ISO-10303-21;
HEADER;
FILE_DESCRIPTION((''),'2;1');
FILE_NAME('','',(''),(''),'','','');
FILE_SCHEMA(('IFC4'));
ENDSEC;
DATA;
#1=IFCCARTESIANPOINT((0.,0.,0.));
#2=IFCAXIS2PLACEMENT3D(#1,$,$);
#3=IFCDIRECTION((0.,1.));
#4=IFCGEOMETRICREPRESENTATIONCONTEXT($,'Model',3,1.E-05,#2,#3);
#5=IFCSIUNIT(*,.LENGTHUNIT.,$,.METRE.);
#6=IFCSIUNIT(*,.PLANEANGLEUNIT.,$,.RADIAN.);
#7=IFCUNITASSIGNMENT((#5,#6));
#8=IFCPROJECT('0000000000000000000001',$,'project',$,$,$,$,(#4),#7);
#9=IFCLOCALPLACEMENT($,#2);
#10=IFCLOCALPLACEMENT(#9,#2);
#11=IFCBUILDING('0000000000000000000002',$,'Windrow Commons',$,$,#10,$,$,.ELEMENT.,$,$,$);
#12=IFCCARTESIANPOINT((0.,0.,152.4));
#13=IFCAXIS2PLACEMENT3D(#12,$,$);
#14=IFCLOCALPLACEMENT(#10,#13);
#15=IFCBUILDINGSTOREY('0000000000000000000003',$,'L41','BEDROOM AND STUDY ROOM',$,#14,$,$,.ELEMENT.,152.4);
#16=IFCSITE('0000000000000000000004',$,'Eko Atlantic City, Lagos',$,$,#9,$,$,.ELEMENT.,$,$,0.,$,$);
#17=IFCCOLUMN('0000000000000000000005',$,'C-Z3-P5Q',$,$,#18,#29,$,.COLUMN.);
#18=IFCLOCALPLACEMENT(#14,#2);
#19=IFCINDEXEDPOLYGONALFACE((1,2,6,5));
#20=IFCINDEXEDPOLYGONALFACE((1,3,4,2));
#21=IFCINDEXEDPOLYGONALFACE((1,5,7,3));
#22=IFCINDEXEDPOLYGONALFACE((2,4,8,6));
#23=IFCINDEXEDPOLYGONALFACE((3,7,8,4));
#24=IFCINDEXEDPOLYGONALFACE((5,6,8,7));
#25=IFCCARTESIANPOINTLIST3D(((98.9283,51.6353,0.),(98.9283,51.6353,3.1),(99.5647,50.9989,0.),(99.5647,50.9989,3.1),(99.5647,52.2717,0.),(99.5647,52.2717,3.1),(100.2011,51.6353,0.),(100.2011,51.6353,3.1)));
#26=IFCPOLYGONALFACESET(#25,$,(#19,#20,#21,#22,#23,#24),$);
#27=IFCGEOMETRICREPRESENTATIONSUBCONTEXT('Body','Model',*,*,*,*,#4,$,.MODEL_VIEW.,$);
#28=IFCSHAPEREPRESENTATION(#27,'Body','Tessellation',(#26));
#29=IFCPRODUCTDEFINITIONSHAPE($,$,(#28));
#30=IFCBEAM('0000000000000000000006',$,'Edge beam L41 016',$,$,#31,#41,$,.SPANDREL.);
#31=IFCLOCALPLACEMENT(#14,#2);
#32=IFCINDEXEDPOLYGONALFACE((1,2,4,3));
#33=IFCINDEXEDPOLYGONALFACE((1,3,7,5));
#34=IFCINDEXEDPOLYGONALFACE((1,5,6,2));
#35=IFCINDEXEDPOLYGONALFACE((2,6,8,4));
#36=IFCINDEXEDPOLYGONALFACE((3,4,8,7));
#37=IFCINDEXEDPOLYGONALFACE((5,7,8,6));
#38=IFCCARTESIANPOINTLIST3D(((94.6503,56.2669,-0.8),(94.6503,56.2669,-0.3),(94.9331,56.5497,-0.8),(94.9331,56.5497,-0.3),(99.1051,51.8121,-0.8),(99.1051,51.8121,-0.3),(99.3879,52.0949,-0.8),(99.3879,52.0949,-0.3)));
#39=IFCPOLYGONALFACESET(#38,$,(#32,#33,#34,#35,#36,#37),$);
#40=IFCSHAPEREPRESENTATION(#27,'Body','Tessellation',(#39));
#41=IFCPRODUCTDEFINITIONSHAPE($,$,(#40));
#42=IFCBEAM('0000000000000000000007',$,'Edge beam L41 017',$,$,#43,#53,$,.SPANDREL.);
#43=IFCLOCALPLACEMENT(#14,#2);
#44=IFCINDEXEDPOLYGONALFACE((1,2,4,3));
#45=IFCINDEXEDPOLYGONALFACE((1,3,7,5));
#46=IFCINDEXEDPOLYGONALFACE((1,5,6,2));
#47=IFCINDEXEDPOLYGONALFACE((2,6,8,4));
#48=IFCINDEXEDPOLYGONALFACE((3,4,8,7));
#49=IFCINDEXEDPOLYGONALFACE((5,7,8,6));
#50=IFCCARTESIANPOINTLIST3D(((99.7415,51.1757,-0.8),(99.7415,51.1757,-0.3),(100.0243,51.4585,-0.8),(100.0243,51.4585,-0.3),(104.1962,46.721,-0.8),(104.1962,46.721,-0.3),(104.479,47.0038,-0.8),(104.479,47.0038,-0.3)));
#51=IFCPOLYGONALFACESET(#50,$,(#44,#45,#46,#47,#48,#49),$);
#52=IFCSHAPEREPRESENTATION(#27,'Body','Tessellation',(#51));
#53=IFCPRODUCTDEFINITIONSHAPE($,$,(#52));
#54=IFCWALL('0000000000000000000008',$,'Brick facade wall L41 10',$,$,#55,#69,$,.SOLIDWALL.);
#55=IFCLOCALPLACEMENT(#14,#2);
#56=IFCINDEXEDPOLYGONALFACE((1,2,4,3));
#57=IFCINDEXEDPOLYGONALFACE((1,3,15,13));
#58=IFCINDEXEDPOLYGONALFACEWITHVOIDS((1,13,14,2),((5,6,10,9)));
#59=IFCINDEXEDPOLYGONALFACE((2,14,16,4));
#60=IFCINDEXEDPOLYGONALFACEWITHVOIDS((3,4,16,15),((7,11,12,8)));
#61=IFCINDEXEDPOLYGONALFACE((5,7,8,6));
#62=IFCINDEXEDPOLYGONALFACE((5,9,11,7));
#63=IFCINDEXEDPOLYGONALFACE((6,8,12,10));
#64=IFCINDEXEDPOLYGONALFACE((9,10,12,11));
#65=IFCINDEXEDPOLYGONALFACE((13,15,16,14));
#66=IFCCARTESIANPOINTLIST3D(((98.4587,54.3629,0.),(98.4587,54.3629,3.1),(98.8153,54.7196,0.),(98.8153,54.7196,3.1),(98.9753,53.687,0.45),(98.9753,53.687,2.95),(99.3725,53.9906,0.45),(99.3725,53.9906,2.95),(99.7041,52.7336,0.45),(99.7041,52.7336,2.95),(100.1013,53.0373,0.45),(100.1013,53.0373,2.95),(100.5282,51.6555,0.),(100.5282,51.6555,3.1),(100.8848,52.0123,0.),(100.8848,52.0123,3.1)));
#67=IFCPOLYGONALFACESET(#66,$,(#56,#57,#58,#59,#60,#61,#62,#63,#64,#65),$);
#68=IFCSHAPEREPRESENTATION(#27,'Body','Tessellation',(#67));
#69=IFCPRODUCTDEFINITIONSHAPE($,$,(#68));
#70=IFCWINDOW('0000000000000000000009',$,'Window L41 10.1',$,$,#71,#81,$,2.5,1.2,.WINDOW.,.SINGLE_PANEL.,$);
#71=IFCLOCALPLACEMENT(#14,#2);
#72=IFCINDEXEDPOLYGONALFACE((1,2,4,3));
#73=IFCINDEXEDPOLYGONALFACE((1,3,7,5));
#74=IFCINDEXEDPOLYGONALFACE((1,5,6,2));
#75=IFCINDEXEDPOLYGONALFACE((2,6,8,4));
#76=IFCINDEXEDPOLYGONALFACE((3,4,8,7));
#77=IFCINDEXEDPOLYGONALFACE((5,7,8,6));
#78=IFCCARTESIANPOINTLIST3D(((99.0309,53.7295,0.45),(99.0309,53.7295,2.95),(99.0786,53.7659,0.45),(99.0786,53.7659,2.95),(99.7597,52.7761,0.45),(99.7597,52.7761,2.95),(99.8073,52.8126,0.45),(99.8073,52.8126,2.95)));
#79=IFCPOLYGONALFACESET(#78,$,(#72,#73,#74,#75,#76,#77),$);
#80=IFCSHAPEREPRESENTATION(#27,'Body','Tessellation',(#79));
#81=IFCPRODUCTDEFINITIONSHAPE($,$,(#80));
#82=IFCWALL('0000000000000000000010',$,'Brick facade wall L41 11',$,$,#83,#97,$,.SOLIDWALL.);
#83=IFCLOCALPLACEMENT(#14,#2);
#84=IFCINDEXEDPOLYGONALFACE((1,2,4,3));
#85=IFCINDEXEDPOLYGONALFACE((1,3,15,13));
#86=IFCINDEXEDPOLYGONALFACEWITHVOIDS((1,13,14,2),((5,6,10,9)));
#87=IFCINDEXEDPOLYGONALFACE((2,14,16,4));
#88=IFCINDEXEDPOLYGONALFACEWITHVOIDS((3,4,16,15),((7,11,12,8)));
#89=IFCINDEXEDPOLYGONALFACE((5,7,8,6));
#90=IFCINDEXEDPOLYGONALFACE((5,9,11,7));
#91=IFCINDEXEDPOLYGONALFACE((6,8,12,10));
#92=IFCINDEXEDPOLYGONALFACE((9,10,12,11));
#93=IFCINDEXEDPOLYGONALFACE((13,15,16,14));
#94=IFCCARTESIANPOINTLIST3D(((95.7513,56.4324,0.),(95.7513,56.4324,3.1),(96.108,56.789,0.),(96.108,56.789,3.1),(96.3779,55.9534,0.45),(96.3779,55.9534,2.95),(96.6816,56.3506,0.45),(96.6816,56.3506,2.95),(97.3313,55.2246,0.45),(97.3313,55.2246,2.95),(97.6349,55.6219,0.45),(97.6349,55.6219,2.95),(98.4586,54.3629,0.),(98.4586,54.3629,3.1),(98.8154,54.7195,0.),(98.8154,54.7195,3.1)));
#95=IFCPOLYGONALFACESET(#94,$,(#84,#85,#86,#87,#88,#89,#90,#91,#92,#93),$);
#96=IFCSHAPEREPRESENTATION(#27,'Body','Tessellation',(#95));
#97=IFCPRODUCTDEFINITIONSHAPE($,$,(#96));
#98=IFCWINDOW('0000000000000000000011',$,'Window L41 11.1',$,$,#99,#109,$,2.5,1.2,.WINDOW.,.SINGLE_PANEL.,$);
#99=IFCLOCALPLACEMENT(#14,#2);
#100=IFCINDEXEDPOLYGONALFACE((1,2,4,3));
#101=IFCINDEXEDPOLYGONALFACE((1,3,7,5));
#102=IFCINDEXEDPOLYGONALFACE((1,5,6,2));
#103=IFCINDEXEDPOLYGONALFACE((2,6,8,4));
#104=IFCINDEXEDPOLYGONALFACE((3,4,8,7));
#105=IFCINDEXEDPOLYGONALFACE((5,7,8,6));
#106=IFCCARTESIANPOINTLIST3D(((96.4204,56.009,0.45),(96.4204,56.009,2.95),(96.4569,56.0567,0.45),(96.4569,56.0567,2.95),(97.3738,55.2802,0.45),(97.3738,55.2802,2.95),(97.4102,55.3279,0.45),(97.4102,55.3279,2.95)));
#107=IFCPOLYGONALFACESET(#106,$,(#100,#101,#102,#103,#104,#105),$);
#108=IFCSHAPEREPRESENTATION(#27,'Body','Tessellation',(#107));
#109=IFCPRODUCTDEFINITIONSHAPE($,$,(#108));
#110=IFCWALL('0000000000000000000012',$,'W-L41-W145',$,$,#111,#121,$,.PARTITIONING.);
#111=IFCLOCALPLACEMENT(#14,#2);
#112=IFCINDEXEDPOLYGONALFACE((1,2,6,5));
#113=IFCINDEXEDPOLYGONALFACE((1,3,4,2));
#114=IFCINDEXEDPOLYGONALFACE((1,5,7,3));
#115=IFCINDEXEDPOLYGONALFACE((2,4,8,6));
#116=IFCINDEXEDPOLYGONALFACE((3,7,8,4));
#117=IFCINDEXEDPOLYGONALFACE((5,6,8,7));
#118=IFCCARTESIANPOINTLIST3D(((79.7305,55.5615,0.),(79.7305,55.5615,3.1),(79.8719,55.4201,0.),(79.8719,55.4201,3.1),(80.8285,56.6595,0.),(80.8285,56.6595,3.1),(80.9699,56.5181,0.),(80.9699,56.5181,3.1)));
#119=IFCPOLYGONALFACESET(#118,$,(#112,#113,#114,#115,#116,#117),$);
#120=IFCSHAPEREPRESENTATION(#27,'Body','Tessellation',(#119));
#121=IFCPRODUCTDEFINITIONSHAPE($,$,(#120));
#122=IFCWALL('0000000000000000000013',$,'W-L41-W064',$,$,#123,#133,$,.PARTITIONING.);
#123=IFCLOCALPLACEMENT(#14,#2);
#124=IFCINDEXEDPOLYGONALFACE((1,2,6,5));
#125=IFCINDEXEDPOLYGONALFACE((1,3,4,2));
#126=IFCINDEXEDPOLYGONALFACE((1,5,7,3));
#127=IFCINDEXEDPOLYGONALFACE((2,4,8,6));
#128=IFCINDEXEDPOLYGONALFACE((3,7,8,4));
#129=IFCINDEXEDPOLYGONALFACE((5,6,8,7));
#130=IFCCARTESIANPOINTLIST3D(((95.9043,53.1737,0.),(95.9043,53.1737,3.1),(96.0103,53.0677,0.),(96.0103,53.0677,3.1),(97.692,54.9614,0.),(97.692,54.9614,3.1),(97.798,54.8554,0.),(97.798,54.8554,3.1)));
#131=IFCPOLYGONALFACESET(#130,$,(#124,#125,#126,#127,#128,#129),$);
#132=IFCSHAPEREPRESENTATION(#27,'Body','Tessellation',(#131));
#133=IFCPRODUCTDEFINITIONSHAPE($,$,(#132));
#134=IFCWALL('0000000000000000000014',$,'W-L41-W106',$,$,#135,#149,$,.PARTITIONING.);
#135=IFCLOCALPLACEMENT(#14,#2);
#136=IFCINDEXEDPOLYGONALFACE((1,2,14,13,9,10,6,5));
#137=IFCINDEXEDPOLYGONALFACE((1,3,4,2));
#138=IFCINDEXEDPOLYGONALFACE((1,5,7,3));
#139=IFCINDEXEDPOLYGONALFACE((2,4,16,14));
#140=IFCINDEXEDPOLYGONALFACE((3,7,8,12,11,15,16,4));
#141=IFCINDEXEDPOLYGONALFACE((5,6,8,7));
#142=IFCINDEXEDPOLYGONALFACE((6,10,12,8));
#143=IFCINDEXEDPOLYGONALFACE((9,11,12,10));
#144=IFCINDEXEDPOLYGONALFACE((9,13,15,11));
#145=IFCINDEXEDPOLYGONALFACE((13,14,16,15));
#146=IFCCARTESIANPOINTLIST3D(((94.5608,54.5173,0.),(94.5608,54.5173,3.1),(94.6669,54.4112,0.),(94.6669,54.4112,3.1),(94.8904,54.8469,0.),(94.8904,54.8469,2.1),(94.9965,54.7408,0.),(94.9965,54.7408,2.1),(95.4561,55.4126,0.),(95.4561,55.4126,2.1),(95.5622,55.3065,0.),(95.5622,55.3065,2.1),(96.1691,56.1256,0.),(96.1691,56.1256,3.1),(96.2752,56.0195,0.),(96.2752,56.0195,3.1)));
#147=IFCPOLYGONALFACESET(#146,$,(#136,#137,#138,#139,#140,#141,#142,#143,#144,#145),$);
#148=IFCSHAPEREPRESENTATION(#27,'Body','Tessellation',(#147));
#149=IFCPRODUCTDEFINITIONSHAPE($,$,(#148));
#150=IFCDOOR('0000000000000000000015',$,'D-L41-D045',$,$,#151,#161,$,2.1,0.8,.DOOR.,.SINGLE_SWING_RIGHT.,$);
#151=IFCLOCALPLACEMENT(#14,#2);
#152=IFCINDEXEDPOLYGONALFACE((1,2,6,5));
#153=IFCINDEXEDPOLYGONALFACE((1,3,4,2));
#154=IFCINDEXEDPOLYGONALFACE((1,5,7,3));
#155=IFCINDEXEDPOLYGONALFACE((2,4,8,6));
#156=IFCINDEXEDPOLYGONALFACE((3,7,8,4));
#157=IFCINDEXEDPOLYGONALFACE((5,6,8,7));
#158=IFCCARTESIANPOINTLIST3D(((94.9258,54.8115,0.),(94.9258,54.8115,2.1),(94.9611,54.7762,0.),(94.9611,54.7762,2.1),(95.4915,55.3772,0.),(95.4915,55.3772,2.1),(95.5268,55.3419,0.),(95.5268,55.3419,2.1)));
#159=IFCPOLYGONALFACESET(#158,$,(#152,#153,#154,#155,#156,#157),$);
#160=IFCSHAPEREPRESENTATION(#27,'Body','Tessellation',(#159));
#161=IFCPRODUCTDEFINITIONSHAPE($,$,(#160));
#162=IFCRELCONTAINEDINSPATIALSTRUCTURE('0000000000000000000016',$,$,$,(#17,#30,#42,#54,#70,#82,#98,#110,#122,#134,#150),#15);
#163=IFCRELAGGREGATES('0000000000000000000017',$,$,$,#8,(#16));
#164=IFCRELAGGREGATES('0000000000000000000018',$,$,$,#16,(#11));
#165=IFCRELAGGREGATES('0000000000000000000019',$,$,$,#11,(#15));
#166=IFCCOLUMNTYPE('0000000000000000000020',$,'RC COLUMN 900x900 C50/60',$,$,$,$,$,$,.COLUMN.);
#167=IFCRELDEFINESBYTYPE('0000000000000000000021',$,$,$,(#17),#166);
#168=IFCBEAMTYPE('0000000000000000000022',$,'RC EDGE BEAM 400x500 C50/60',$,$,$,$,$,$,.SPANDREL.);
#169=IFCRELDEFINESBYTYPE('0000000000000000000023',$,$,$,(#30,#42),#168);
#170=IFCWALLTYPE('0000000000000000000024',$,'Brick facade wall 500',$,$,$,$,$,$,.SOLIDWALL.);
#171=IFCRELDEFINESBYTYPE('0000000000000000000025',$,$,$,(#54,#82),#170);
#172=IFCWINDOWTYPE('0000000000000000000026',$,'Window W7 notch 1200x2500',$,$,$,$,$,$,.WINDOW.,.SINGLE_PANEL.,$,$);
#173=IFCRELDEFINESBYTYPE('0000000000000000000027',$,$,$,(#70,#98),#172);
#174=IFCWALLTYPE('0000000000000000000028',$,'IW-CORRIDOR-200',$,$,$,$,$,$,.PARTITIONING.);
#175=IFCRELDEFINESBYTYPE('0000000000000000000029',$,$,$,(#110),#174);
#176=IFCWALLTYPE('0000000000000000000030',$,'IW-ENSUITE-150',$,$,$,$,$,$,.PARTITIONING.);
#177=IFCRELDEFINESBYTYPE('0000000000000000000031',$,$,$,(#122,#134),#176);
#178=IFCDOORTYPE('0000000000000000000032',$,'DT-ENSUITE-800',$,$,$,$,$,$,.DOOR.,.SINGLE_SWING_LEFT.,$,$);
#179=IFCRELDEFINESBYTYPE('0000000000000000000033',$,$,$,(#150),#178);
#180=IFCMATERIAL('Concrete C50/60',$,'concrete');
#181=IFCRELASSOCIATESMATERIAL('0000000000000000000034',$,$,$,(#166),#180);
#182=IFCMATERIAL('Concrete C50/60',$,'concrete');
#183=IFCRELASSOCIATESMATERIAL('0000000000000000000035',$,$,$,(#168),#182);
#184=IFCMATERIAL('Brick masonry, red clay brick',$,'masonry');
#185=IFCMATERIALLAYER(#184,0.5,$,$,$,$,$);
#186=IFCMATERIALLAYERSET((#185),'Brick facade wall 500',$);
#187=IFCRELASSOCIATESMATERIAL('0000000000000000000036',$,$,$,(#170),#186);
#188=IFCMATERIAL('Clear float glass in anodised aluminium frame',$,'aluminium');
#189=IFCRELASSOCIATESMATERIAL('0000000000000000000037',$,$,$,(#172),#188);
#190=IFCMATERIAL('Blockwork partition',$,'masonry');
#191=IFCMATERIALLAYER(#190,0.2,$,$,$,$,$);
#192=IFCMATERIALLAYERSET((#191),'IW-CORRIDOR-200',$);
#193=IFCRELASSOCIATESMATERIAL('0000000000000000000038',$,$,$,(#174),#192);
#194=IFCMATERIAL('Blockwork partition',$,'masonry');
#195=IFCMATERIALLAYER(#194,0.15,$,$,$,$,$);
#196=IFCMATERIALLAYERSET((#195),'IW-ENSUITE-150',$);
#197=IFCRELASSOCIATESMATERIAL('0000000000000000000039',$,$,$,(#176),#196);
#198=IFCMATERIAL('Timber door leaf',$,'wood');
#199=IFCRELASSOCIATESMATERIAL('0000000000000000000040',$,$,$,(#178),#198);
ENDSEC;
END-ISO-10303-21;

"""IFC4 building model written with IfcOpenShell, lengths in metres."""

from ifc_helpers import new_model, si_unit, direction, frame, frame_2d, origin, origin_2d, place, context, subcontext, project, spatial, polyline, rectangle, outline, extrude, material, layer, layer_set, material_profile, profile_set, type_object, element, fill, save


model = new_model("IFC4")

# Units and contexts
model_context = context("Model", 3, precision=1e-05, world=origin(), true_north=direction((0.0, 1.0)))
body_context = subcontext(model_context, "Body", "Model", "MODEL_VIEW")
ifc_project = project(units=[si_unit("LENGTHUNIT", "METRE"), si_unit("PLANEANGLEUNIT", "RADIAN")], contexts=[model_context])

# Site, building, storey
site_placement = place(None, origin())
site = spatial("IfcSite", under=ifc_project, at=site_placement, Name="Eko Atlantic City, Lagos", CompositionType="ELEMENT", RefElevation=0.0)
building_placement = place(site_placement, origin())
building = spatial("IfcBuilding", under=site, at=building_placement, Name="Windrow Commons", CompositionType="ELEMENT")
storey_placement = place(building_placement, frame((0.0, 0.0, 152.4)))
storey = spatial("IfcBuildingStorey", under=building, at=storey_placement, Name="L41", Description="BEDROOM AND STUDY ROOM", CompositionType="ELEMENT", Elevation=152.4)

# Column
ifc_material_1 = material(Name="Concrete C50/60", Category="concrete")
ifc_material_profile_1 = material_profile(ifc_material_1, rectangle(XDim=0.9, YDim=0.9, at=origin_2d()))
ifc_profile_set_1 = profile_set([ifc_material_profile_1], Name="Concrete C50/60")
column_type = type_object("IfcColumnType", Name="RC COLUMN 900x900 C50/60", PredefinedType="COLUMN", material=ifc_profile_set_1)
column_placement = place(storey_placement, frame((99.5647, 51.6353, 0.0), z_axis=(0.0, 0.0, 1.0), x_axis=(0.707107, -0.707107, 0.0)))
element("IfcColumn", 1, at=column_placement, inside=storey, type_object=column_type, Name="C-Z3-P5Q", PredefinedType="COLUMN", context=body_context, shape_type="SweptSolid", body=[
    extrude(rectangle(XDim=0.9, YDim=0.9, at=origin_2d()), origin(), (0.0, 0.0, 1.0), 3.1),
])

# Beams
ifc_material_2 = material(Name="Concrete C50/60", Category="concrete")
ifc_material_profile_2 = material_profile(ifc_material_2, rectangle(XDim=0.4, YDim=0.5, at=origin_2d()))
ifc_profile_set_2 = profile_set([ifc_material_profile_2], Name="Concrete C50/60")
beam_type = type_object("IfcBeamType", Name="RC EDGE BEAM 400x500 C50/60", PredefinedType="SPANDREL", material=ifc_profile_set_2)
beam_1_placement = place(storey_placement, frame((94.7917, 56.4083, -0.55), z_axis=(0.707107, -0.707107, 0.0), x_axis=(0.707107, 0.707107, 0.0)))
element("IfcBeam", 2, at=beam_1_placement, inside=storey, type_object=beam_type, Name="Edge beam L41 016", PredefinedType="SPANDREL", context=body_context, shape_type="SweptSolid", body=[
    extrude(rectangle(XDim=0.4, YDim=0.5, at=origin_2d()), origin(), (0.0, 0.0, 1.0), 6.3),
])
beam_2_placement = place(storey_placement, frame((99.8829, 51.3171, -0.55), z_axis=(0.707107, -0.707107, 0.0), x_axis=(0.707107, 0.707107, 0.0)))
element("IfcBeam", 3, at=beam_2_placement, inside=storey, type_object=beam_type, Name="Edge beam L41 017", PredefinedType="SPANDREL", context=body_context, shape_type="SweptSolid", body=[
    extrude(rectangle(XDim=0.4, YDim=0.5, at=origin_2d()), origin(), (0.0, 0.0, 1.0), 6.2999),
])

# Walls, openings, windows
ifc_material_3 = material(Name="Brick masonry, red clay brick", Category="masonry")
ifc_layer_1 = layer(ifc_material_3, 0.5)
ifc_layer_set_1 = layer_set([ifc_layer_1], Name="Brick facade wall 500")
wall_type_1 = type_object("IfcWallType", Name="Brick facade wall 500", PredefinedType="SOLIDWALL", material=ifc_layer_set_1)
wall_1_placement = place(storey_placement, frame((100.7065, 51.8339, 0.0), z_axis=(0.0, 0.0, 1.0), x_axis=(-0.607304, 0.794469, 0.0)))
wall_1 = element("IfcWall", 4, at=wall_1_placement, inside=storey, type_object=wall_type_1, Name="Brick facade wall L41 10", PredefinedType="SOLIDWALL", context=body_context, shape_type="SweptSolid", body=[
    extrude(outline(polyline([(0.0334, -0.25), (3.4411, -0.25), (3.3743, 0.25), (-0.0334, 0.25), (0.0334, -0.25)])), origin(), (0.0, 0.0, 1.0), 3.1),
])
opening_1_placement = place(wall_1_placement, frame((1.3236, 0.0, 0.45)))
opening_1 = element("IfcOpeningElement", 5, at=opening_1_placement, cuts=wall_1, PredefinedType="OPENING", context=body_context, shape_type="SweptSolid", body=[
    extrude(rectangle(XDim=1.2, YDim=2.5, at=frame_2d((0.6, 1.25))), frame((0.0, 0.26, 0.0), z_axis=(0.0, -1.0, 0.0), x_axis=(1.0, 0.0, 0.0)), (0.0, 0.0, 1.0), 0.52),
])
ifc_material_4 = material(Name="Clear float glass in anodised aluminium frame", Category="aluminium")
window_type = type_object("IfcWindowType", Name="Window W7 notch 1200x2500", PartitioningType="SINGLE_PANEL", PredefinedType="WINDOW", material=ifc_material_4)
window_1_placement = place(opening_1_placement, origin())
window_1 = element("IfcWindow", 6, at=window_1_placement, inside=storey, type_object=window_type, Name="Window L41 10.1", OverallHeight=2.5, OverallWidth=1.2, PartitioningType="SINGLE_PANEL", PredefinedType="WINDOW", context=body_context, shape_type="SweptSolid", body=[
    extrude(rectangle(XDim=1.2, YDim=2.5, at=frame_2d((0.6, 1.25))), frame((0.0, 0.18, 0.0), z_axis=(0.0, -1.0, 0.0), x_axis=(1.0, 0.0, 0.0)), (0.0, 0.0, 1.0), 0.06),
])
fill(opening_1, window_1)
wall_2_placement = place(storey_placement, frame((98.637, 54.5412, 0.0), z_axis=(0.0, 0.0, 1.0), x_axis=(-0.794469, 0.607304, 0.0)))
wall_2 = element("IfcWall", 7, at=wall_2_placement, inside=storey, type_object=wall_type_1, Name="Brick facade wall L41 11", PredefinedType="SOLIDWALL", context=body_context, shape_type="SweptSolid", body=[
    extrude(outline(polyline([(-0.0334, -0.25), (3.3743, -0.25), (3.4411, 0.25), (0.0334, 0.25), (-0.0334, -0.25)])), origin(), (0.0, 0.0, 1.0), 3.1),
])
opening_2_placement = place(wall_2_placement, frame((1.4524, 0.0, 0.45)))
opening_2 = element("IfcOpeningElement", 8, at=opening_2_placement, cuts=wall_2, PredefinedType="OPENING", context=body_context, shape_type="SweptSolid", body=[
    extrude(rectangle(XDim=1.2, YDim=2.5, at=frame_2d((0.6, 1.25))), frame((0.0, 0.26, 0.0), z_axis=(0.0, -1.0, 0.0), x_axis=(1.0, 0.0, 0.0)), (0.0, 0.0, 1.0), 0.52),
])
window_2_placement = place(opening_2_placement, origin())
window_2 = element("IfcWindow", 9, at=window_2_placement, inside=storey, type_object=window_type, Name="Window L41 11.1", OverallHeight=2.5, OverallWidth=1.2, PartitioningType="SINGLE_PANEL", PredefinedType="WINDOW", context=body_context, shape_type="SweptSolid", body=[
    extrude(rectangle(XDim=1.2, YDim=2.5, at=frame_2d((0.6, 1.25))), frame((0.0, 0.18, 0.0), z_axis=(0.0, -1.0, 0.0), x_axis=(1.0, 0.0, 0.0)), (0.0, 0.0, 1.0), 0.06),
])
fill(opening_2, window_2)

# Walls
ifc_material_5 = material(Name="Blockwork partition", Category="masonry")
ifc_layer_2 = layer(ifc_material_5, 0.2)
ifc_layer_set_2 = layer_set([ifc_layer_2], Name="IW-CORRIDOR-200")
wall_type_2 = type_object("IfcWallType", Name="IW-CORRIDOR-200", PredefinedType="PARTITIONING", material=ifc_layer_set_2)
wall_3_placement = place(storey_placement, frame((79.8012, 55.4908, 0.0), z_axis=(0.0, 0.0, 1.0), x_axis=(0.707107, 0.707107, 0.0)))
element("IfcWall", 10, at=wall_3_placement, inside=storey, type_object=wall_type_2, Name="W-L41-W145", PredefinedType="PARTITIONING", context=body_context, shape_type="SweptSolid", body=[
    extrude(rectangle(XDim=1.5528, YDim=0.2, at=frame_2d((0.7764, 0.0))), origin(), (0.0, 0.0, 1.0), 3.1),
])
ifc_material_6 = material(Name="Blockwork partition", Category="masonry")
ifc_layer_3 = layer(ifc_material_6, 0.15)
ifc_layer_set_3 = layer_set([ifc_layer_3], Name="IW-ENSUITE-150")
wall_type_3 = type_object("IfcWallType", Name="IW-ENSUITE-150", PredefinedType="PARTITIONING", material=ifc_layer_set_3)
wall_4_placement = place(storey_placement, frame((95.9573, 53.1207, 0.0), z_axis=(0.0, 0.0, 1.0), x_axis=(0.707107, 0.707107, 0.0)))
element("IfcWall", 11, at=wall_4_placement, inside=storey, type_object=wall_type_3, Name="W-L41-W064", PredefinedType="PARTITIONING", context=body_context, shape_type="SweptSolid", body=[
    extrude(rectangle(XDim=2.5282, YDim=0.15, at=frame_2d((1.2641, 0.0))), origin(), (0.0, 0.0, 1.0), 3.1),
])

# Wall, opening, door
wall_5_placement = place(storey_placement, frame((94.6138, 54.4642, 0.0), z_axis=(0.0, 0.0, 1.0), x_axis=(0.707107, 0.707107, 0.0)))
wall_5 = element("IfcWall", 12, at=wall_5_placement, inside=storey, type_object=wall_type_3, Name="W-L41-W106", PredefinedType="PARTITIONING", context=body_context, shape_type="SweptSolid", body=[
    extrude(rectangle(XDim=2.2745, YDim=0.15, at=frame_2d((1.1373, 0.0))), origin(), (0.0, 0.0, 1.0), 3.1),
])
opening_3_placement = place(wall_5_placement, frame((0.4662, 0.0, 0.0)))
opening_3 = element("IfcOpeningElement", 13, at=opening_3_placement, cuts=wall_5, PredefinedType="OPENING", context=body_context, shape_type="SweptSolid", body=[
    extrude(rectangle(XDim=0.8, YDim=2.1, at=frame_2d((0.4, 1.05))), frame((0.0, 0.085, 0.0), z_axis=(0.0, -1.0, 0.0), x_axis=(1.0, 0.0, 0.0)), (0.0, 0.0, 1.0), 0.17),
])
ifc_material_7 = material(Name="Timber door leaf", Category="wood")
door_type_1 = type_object("IfcDoorType", Name="DT-ENSUITE-800", OperationType="SINGLE_SWING_LEFT", PredefinedType="DOOR", material=ifc_material_7)
door_1_placement = place(opening_3_placement, origin())
door_1 = element("IfcDoor", 14, at=door_1_placement, inside=storey, type_object=door_type_1, Name="D-L41-D045", OperationType="SINGLE_SWING_RIGHT", OverallHeight=2.1, OverallWidth=0.8, PredefinedType="DOOR", context=body_context, shape_type="SweptSolid", body=[
    extrude(rectangle(XDim=0.8, YDim=2.1, at=frame_2d((0.4, 1.05))), frame((0.0, 0.025, 0.0), z_axis=(0.0, -1.0, 0.0), x_axis=(1.0, 0.0, 0.0)), (0.0, 0.0, 1.0), 0.05),
])
fill(opening_3, door_1)

save(model, "model.ifc")
